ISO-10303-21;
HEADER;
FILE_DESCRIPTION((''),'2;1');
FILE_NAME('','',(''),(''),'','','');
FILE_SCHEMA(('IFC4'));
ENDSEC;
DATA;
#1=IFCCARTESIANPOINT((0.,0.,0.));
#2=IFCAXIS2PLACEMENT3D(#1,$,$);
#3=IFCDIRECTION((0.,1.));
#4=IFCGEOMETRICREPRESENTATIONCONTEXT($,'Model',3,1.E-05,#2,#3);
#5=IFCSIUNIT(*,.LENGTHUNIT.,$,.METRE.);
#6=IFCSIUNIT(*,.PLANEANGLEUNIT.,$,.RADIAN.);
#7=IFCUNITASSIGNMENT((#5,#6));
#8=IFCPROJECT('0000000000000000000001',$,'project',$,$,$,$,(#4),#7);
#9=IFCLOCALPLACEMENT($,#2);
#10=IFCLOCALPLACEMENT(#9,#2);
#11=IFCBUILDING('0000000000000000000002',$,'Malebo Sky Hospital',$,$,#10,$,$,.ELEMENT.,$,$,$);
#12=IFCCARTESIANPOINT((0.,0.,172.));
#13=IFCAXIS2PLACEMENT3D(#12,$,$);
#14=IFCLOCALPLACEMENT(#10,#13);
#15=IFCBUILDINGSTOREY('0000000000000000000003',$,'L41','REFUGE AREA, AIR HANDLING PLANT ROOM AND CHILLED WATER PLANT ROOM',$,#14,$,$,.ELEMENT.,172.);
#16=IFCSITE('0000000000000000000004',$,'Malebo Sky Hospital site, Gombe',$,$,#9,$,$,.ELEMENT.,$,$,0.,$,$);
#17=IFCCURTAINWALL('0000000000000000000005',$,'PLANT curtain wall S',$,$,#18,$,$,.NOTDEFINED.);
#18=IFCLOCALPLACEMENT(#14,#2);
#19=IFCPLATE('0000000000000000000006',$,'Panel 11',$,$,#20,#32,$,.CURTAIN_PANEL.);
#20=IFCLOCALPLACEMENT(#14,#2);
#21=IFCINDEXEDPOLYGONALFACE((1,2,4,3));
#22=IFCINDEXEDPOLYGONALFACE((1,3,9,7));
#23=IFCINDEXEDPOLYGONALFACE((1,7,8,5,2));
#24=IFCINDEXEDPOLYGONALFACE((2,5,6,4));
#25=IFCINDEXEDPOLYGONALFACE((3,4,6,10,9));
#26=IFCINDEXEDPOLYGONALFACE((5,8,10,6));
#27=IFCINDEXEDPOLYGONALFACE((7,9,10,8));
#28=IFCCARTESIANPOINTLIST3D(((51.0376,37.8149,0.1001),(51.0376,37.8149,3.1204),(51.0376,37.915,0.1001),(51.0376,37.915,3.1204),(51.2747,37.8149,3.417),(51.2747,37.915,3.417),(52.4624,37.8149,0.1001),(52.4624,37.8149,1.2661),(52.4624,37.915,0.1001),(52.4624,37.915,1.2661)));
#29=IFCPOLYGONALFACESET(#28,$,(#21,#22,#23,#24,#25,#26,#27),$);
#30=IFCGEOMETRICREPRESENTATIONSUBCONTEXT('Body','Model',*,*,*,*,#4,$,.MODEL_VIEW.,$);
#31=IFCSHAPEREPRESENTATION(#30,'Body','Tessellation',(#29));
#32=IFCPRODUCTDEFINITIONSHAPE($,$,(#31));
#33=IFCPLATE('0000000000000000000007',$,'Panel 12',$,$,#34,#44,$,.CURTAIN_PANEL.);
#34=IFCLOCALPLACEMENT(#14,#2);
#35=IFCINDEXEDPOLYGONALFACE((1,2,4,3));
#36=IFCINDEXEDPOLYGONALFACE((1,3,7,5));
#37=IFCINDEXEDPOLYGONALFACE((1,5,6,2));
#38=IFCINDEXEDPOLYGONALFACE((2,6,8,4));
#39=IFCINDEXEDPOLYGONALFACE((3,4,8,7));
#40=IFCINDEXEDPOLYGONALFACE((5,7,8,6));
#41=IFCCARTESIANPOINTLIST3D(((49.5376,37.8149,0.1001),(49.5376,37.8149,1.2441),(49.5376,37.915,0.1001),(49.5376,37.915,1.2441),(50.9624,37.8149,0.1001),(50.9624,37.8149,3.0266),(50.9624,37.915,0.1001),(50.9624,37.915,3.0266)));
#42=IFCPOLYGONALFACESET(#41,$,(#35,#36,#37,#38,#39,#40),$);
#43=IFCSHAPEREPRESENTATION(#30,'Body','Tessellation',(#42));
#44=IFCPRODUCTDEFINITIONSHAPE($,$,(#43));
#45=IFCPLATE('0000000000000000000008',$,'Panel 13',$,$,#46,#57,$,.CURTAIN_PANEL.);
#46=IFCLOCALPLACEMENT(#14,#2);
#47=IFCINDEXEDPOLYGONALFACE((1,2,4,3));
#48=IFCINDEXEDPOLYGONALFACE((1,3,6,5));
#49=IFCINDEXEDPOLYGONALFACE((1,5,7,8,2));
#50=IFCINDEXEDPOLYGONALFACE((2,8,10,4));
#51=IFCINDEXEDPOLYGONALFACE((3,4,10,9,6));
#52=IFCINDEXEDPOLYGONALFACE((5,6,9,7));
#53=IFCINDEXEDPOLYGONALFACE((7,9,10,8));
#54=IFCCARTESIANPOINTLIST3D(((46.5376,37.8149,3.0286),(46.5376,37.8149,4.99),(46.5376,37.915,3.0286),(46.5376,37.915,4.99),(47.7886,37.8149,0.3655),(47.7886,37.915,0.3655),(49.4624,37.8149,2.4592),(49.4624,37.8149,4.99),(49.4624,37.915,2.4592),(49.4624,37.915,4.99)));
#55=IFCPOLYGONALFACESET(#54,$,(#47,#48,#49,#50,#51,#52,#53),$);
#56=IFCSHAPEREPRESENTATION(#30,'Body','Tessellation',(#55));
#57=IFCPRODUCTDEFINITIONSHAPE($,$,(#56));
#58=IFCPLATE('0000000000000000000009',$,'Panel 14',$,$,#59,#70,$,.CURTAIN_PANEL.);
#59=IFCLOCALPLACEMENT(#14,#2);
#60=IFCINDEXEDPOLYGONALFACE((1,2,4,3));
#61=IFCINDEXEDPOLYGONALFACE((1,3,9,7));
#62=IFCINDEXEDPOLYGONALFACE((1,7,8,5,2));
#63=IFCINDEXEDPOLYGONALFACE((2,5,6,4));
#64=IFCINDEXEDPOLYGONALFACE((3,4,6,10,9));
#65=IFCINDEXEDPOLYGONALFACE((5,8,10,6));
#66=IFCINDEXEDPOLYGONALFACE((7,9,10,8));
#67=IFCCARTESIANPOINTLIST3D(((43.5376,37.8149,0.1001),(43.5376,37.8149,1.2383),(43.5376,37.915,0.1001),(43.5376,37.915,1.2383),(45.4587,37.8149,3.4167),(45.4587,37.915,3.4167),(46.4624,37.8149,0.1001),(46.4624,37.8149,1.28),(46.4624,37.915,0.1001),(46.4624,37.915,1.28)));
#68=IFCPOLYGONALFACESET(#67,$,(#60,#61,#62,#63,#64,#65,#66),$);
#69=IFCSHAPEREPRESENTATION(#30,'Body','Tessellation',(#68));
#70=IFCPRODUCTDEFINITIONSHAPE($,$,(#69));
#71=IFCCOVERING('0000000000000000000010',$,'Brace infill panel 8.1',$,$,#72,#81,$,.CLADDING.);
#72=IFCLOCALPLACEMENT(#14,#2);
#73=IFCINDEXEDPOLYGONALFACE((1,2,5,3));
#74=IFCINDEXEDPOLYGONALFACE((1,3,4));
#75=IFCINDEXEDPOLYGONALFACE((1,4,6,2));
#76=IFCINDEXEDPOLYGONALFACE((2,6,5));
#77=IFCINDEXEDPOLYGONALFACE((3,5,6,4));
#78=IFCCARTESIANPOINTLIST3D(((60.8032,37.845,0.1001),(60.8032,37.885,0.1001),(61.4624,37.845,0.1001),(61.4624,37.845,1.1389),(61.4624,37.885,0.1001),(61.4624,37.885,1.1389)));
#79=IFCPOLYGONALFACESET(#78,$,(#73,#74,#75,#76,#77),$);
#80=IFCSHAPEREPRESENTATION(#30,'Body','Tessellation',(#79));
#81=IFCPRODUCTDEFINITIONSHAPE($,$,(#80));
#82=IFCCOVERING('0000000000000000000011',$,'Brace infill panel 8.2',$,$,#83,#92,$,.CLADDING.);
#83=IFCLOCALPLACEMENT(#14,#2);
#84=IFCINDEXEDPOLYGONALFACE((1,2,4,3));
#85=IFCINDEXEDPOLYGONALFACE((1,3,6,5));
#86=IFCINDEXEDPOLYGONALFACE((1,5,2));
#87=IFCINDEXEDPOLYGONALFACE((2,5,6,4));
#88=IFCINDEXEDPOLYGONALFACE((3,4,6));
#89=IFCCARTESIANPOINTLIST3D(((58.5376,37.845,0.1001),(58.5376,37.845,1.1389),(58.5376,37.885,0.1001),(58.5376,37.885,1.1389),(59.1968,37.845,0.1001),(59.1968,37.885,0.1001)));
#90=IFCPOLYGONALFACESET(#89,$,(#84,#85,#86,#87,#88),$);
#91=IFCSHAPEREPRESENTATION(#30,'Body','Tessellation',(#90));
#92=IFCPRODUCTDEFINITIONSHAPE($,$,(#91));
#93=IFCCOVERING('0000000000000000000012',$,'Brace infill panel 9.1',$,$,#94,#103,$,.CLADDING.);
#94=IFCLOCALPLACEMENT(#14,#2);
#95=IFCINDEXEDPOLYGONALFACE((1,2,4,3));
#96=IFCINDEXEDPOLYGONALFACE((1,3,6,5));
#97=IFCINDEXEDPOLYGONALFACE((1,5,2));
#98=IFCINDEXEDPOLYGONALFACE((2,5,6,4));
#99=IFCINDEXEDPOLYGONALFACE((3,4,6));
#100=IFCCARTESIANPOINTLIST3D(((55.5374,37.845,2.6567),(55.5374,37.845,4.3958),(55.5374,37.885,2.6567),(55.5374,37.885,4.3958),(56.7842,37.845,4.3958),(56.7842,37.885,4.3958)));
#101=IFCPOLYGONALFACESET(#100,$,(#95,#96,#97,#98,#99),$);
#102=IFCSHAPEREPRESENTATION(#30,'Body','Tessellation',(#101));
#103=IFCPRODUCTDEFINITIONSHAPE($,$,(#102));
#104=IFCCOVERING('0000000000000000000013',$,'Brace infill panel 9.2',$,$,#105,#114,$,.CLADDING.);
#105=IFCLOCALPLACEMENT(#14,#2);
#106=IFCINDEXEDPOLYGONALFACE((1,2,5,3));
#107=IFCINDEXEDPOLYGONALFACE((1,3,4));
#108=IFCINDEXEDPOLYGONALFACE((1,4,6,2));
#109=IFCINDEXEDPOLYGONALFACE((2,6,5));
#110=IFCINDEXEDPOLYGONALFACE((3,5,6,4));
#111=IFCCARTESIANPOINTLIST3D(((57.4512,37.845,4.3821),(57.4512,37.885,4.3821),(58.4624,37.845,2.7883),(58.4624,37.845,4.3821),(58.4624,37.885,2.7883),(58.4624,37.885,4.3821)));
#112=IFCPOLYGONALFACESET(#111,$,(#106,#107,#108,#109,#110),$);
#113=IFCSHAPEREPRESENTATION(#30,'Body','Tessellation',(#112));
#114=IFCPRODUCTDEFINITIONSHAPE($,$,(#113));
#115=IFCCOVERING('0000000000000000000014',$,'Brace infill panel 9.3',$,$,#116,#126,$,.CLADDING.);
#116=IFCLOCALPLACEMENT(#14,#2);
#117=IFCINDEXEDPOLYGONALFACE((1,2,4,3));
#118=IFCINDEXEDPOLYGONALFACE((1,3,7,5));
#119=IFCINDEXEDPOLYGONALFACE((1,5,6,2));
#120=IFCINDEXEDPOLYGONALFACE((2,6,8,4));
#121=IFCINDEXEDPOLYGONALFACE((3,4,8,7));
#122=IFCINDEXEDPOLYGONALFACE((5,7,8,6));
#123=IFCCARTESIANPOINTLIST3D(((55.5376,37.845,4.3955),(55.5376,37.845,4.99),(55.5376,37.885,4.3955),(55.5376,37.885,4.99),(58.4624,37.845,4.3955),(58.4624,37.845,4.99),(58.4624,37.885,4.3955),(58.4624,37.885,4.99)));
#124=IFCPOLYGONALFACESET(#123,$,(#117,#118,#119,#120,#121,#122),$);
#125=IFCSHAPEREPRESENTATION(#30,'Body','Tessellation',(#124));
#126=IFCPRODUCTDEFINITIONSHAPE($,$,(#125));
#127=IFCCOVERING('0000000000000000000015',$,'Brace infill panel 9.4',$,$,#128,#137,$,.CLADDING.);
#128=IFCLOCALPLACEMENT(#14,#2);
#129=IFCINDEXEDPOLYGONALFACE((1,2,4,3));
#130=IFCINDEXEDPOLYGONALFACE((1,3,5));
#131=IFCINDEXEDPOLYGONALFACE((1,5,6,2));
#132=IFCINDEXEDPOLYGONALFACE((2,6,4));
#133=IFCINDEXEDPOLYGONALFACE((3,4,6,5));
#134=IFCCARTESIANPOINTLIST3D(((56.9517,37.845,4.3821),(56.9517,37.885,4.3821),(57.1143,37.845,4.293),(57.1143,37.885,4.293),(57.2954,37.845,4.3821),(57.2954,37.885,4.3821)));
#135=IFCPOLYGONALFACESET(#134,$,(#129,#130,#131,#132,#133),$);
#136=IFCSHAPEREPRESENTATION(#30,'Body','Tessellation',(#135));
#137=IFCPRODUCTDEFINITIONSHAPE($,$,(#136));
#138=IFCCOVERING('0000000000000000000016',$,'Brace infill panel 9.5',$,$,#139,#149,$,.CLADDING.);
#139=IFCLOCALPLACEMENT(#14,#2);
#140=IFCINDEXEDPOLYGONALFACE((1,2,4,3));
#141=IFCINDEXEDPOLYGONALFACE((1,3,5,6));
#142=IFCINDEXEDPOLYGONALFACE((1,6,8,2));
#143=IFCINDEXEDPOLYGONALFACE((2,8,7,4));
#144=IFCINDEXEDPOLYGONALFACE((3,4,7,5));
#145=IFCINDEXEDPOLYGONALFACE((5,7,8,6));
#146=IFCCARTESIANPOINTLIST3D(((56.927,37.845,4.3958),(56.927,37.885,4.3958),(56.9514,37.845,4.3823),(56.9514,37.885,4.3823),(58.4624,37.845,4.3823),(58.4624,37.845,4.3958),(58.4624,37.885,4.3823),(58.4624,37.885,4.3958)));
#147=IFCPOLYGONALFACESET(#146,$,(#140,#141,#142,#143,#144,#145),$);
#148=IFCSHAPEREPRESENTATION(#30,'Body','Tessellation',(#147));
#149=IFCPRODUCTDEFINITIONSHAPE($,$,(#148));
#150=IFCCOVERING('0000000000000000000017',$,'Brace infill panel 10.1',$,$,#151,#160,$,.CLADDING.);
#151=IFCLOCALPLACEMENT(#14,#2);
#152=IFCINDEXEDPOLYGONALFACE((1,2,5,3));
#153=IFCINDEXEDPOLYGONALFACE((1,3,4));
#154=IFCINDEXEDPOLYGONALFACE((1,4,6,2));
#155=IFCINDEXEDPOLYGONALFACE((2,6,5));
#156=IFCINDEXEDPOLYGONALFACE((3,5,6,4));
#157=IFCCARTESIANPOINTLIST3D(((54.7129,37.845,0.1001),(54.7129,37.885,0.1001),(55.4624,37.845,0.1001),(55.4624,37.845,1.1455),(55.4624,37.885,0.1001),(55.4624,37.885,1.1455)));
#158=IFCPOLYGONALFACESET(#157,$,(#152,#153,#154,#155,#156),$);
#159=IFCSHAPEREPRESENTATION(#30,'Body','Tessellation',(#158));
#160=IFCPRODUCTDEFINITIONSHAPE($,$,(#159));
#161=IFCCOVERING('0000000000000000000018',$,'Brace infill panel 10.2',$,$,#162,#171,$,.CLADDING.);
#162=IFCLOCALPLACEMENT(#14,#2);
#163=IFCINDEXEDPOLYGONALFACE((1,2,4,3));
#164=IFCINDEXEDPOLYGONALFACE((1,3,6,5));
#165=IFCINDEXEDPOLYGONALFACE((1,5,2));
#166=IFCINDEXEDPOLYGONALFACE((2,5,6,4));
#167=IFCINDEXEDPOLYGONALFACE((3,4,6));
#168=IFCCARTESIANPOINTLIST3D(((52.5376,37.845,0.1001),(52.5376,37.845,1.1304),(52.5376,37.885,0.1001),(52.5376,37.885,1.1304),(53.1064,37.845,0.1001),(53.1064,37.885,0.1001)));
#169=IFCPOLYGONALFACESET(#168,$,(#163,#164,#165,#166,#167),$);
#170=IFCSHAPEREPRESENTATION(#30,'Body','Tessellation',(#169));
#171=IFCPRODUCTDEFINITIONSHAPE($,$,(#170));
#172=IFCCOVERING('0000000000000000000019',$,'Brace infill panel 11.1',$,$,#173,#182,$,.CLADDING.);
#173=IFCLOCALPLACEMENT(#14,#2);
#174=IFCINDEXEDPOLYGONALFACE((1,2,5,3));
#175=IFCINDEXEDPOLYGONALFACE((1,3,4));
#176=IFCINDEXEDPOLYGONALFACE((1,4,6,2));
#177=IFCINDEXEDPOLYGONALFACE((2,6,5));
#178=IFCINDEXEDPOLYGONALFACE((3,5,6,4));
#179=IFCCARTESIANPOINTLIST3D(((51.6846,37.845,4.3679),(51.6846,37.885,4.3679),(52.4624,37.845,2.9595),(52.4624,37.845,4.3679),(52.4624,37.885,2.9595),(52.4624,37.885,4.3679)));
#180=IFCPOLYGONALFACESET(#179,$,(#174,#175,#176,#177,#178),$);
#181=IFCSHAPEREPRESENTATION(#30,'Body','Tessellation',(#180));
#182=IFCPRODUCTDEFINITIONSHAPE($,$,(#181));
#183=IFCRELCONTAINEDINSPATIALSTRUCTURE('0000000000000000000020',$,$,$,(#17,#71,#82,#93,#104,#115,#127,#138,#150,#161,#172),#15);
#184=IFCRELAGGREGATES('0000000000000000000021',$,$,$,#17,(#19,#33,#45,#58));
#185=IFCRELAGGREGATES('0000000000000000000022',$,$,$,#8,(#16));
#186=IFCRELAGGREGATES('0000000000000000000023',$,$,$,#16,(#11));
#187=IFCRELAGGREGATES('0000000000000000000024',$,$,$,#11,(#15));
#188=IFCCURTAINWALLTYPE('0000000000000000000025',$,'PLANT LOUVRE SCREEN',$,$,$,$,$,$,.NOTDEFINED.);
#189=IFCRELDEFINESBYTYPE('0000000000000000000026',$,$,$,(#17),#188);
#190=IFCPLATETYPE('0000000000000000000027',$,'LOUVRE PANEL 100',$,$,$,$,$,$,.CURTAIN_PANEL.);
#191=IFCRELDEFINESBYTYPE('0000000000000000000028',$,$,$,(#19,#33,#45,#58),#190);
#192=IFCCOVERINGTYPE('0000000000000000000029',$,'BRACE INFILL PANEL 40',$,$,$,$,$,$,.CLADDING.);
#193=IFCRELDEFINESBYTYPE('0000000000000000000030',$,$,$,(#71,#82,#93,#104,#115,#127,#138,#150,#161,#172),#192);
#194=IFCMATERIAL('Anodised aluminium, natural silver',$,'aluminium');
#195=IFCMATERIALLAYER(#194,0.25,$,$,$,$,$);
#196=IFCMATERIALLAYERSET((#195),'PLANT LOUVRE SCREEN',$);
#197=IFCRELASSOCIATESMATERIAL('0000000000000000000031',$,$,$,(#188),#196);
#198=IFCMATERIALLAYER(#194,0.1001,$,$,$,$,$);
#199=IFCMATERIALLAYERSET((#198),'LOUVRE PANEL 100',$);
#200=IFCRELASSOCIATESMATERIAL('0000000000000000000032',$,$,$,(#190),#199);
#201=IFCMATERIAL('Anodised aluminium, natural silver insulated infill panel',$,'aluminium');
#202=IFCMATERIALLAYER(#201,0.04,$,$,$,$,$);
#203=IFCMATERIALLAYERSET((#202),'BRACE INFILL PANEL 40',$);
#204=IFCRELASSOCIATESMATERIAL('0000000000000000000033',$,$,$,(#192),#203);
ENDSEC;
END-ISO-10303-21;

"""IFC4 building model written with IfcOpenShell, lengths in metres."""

from ifc_helpers import new_model, si_unit, direction, frame, origin, place, context, subcontext, project, spatial, polyline, outline, extrude, material, layer, layer_set, type_object, element, aggregate, save


model = new_model("IFC4")

# Units and contexts
model_context = context("Model", 3, precision=1e-05, world=origin(), true_north=direction((0.0, 1.0)))
body_context = subcontext(model_context, "Body", "Model", "MODEL_VIEW")
ifc_project = project(units=[si_unit("LENGTHUNIT", "METRE"), si_unit("PLANEANGLEUNIT", "RADIAN")], contexts=[model_context])

# Site, building, storey
site_placement = place(None, origin())
site = spatial("IfcSite", under=ifc_project, at=site_placement, Name="Malebo Sky Hospital site, Gombe", CompositionType="ELEMENT", RefElevation=0.0)
building_placement = place(site_placement, origin())
building = spatial("IfcBuilding", under=site, at=building_placement, Name="Malebo Sky Hospital", CompositionType="ELEMENT")
storey_placement = place(building_placement, frame((0.0, 0.0, 172.0)))
storey = spatial("IfcBuildingStorey", under=building, at=storey_placement, Name="L41", Description="REFUGE AREA, AIR HANDLING PLANT ROOM AND CHILLED WATER PLANT ROOM", CompositionType="ELEMENT", Elevation=172.0)

# Curtain wall
ifc_material_1 = material(Name="Anodised aluminium, natural silver", Category="aluminium")
ifc_layer_1 = layer(ifc_material_1, 0.25)
ifc_layer_set_1 = layer_set([ifc_layer_1], Name="PLANT LOUVRE SCREEN")
curtain_wall_type = type_object("IfcCurtainWallType", Name="PLANT LOUVRE SCREEN", PredefinedType="NOTDEFINED", material=ifc_layer_set_1)
curtain_wall_placement = place(storey_placement, origin())
curtain_wall = element("IfcCurtainWall", 1, at=curtain_wall_placement, inside=storey, type_object=curtain_wall_type, Name="PLANT curtain wall S", PredefinedType="NOTDEFINED")

# Plates
ifc_layer_2 = layer(ifc_material_1, 0.1001)
ifc_layer_set_2 = layer_set([ifc_layer_2], Name="LOUVRE PANEL 100")
plate_type = type_object("IfcPlateType", Name="LOUVRE PANEL 100", PredefinedType="CURTAIN_PANEL", material=ifc_layer_set_2)
plate_1_placement = place(storey_placement, frame((51.75, 37.865, 0.1001), z_axis=(0.0, 0.0, 1.0), x_axis=(-1.0, 0.0, 0.0)))
plate_1 = element("IfcPlate", 2, at=plate_1_placement, type_object=plate_type, Name="Panel 11", PredefinedType="CURTAIN_PANEL", context=body_context, shape_type="SweptSolid", body=[
    extrude(outline(polyline([(-0.7124, 0.0), (0.7124, 0.0), (0.7124, 3.0203), (0.4753, 3.3169), (-0.7124, 1.166), (-0.7124, 0.0)])), frame((0.0, 0.05, 0.0), z_axis=(0.0, -1.0, 0.0), x_axis=(1.0, 0.0, 0.0)), (0.0, 0.0, 1.0), 0.1001),
])
plate_2_placement = place(storey_placement, frame((50.25, 37.865, 0.1001), z_axis=(0.0, 0.0, 1.0), x_axis=(-1.0, 0.0, 0.0)))
plate_2 = element("IfcPlate", 3, at=plate_2_placement, type_object=plate_type, Name="Panel 12", PredefinedType="CURTAIN_PANEL", context=body_context, shape_type="SweptSolid", body=[
    extrude(outline(polyline([(-0.7124, 0.0), (0.7124, 0.0), (0.7124, 1.144), (-0.7124, 2.9265), (-0.7124, 0.0)])), frame((0.0, 0.05, 0.0), z_axis=(0.0, -1.0, 0.0), x_axis=(1.0, 0.0, 0.0)), (0.0, 0.0, 1.0), 0.1001),
])
plate_3_placement = place(storey_placement, frame((48.0, 37.865, 0.3655), z_axis=(0.0, 0.0, 1.0), x_axis=(-1.0, 0.0, 0.0)))
plate_3 = element("IfcPlate", 4, at=plate_3_placement, type_object=plate_type, Name="Panel 13", PredefinedType="CURTAIN_PANEL", context=body_context, shape_type="SweptSolid", body=[
    extrude(outline(polyline([(0.2114, 0.0), (1.4624, 2.6631), (1.4624, 4.6245), (-1.4624, 4.6245), (-1.4624, 2.0938), (0.2114, 0.0)])), frame((0.0, 0.05, 0.0), z_axis=(0.0, -1.0, 0.0), x_axis=(1.0, 0.0, 0.0)), (0.0, 0.0, 1.0), 0.1001),
])
plate_4_placement = place(storey_placement, frame((45.0, 37.865, 0.1001), z_axis=(0.0, 0.0, 1.0), x_axis=(-1.0, 0.0, 0.0)))
plate_4 = element("IfcPlate", 5, at=plate_4_placement, type_object=plate_type, Name="Panel 14", PredefinedType="CURTAIN_PANEL", context=body_context, shape_type="SweptSolid", body=[
    extrude(outline(polyline([(-1.4624, 0.0), (1.4624, 0.0), (1.4624, 1.1382), (-0.4587, 3.3167), (-1.4624, 1.1799), (-1.4624, 0.0)])), frame((0.0, 0.05, 0.0), z_axis=(0.0, -1.0, 0.0), x_axis=(1.0, 0.0, 0.0)), (0.0, 0.0, 1.0), 0.1001),
])
aggregate(curtain_wall, [plate_1, plate_2, plate_3, plate_4])

# Coverings
ifc_material_2 = material(Name="Anodised aluminium, natural silver insulated infill panel", Category="aluminium")
ifc_layer_3 = layer(ifc_material_2, 0.04)
ifc_layer_set_3 = layer_set([ifc_layer_3], Name="BRACE INFILL PANEL 40")
covering_type = type_object("IfcCoveringType", Name="BRACE INFILL PANEL 40", PredefinedType="CLADDING", material=ifc_layer_set_3)
covering_1_placement = place(storey_placement, frame((61.1328, 37.865, 0.1001), z_axis=(0.0, 0.0, 1.0), x_axis=(-1.0, 0.0, 0.0)))
element("IfcCovering", 6, at=covering_1_placement, inside=storey, type_object=covering_type, Name="Brace infill panel 8.1", PredefinedType="CLADDING", context=body_context, shape_type="SweptSolid", body=[
    extrude(outline(polyline([(-0.3296, 0.0), (0.3296, 0.0), (-0.3296, 1.0388), (-0.3296, 0.0)])), frame((0.0, 0.02, 0.0), z_axis=(0.0, -1.0, 0.0), x_axis=(1.0, 0.0, 0.0)), (0.0, 0.0, 1.0), 0.04),
])
covering_2_placement = place(storey_placement, frame((58.8672, 37.865, 0.1001), z_axis=(0.0, 0.0, 1.0), x_axis=(-1.0, 0.0, 0.0)))
element("IfcCovering", 7, at=covering_2_placement, inside=storey, type_object=covering_type, Name="Brace infill panel 8.2", PredefinedType="CLADDING", context=body_context, shape_type="SweptSolid", body=[
    extrude(outline(polyline([(-0.3296, 0.0), (0.3296, 0.0), (0.3296, 1.0388), (-0.3296, 0.0)])), frame((0.0, 0.02, 0.0), z_axis=(0.0, -1.0, 0.0), x_axis=(1.0, 0.0, 0.0)), (0.0, 0.0, 1.0), 0.04),
])
covering_3_placement = place(storey_placement, frame((56.1609, 37.865, 2.6567), z_axis=(0.0, 0.0, 1.0), x_axis=(-1.0, 0.0, 0.0)))
element("IfcCovering", 8, at=covering_3_placement, inside=storey, type_object=covering_type, Name="Brace infill panel 9.1", PredefinedType="CLADDING", context=body_context, shape_type="SweptSolid", body=[
    extrude(outline(polyline([(0.6235, 0.0), (0.6235, 1.739), (-0.6233, 1.739), (0.6235, 0.0)])), frame((0.0, 0.02, 0.0), z_axis=(0.0, -1.0, 0.0), x_axis=(1.0, 0.0, 0.0)), (0.0, 0.0, 1.0), 0.04),
])
covering_4_placement = place(storey_placement, frame((57.9568, 37.865, 2.7883), z_axis=(0.0, 0.0, 1.0), x_axis=(-1.0, 0.0, 0.0)))
element("IfcCovering", 9, at=covering_4_placement, inside=storey, type_object=covering_type, Name="Brace infill panel 9.2", PredefinedType="CLADDING", context=body_context, shape_type="SweptSolid", body=[
    extrude(outline(polyline([(-0.5056, 0.0), (0.5056, 1.5938), (-0.5056, 1.5938), (-0.5056, 0.0)])), frame((0.0, 0.02, 0.0), z_axis=(0.0, -1.0, 0.0), x_axis=(1.0, 0.0, 0.0)), (0.0, 0.0, 1.0), 0.04),
])
covering_5_placement = place(storey_placement, frame((57.0, 37.865, 4.3955), z_axis=(0.0, 0.0, 1.0), x_axis=(-1.0, 0.0, 0.0)))
element("IfcCovering", 10, at=covering_5_placement, inside=storey, type_object=covering_type, Name="Brace infill panel 9.3", PredefinedType="CLADDING", context=body_context, shape_type="SweptSolid", body=[
    extrude(outline(polyline([(-1.4624, 0.0), (1.4624, 0.0), (1.4624, 0.5945), (-1.4624, 0.5945), (-1.4624, 0.0)])), frame((0.0, 0.02, 0.0), z_axis=(0.0, -1.0, 0.0), x_axis=(1.0, 0.0, 0.0)), (0.0, 0.0, 1.0), 0.04),
])
covering_6_placement = place(storey_placement, frame((57.1235, 37.865, 4.293), z_axis=(0.0, 0.0, 1.0), x_axis=(-1.0, 0.0, 0.0)))
element("IfcCovering", 11, at=covering_6_placement, inside=storey, type_object=covering_type, Name="Brace infill panel 9.4", PredefinedType="CLADDING", context=body_context, shape_type="SweptSolid", body=[
    extrude(outline(polyline([(0.0093, 0.0), (0.1719, 0.0891), (-0.1719, 0.0891), (0.0093, 0.0)])), frame((0.0, 0.02, 0.0), z_axis=(0.0, -1.0, 0.0), x_axis=(1.0, 0.0, 0.0)), (0.0, 0.0, 1.0), 0.04),
])
covering_7_placement = place(storey_placement, frame((57.6946, 37.865, 4.3823), z_axis=(0.0, 0.0, 1.0), x_axis=(-1.0, 0.0, 0.0)))
element("IfcCovering", 12, at=covering_7_placement, inside=storey, type_object=covering_type, Name="Brace infill panel 9.5", PredefinedType="CLADDING", context=body_context, shape_type="SweptSolid", body=[
    extrude(outline(polyline([(-0.7678, 0.0), (0.7432, 0.0), (0.7676, 0.0134), (-0.7678, 0.0134), (-0.7678, 0.0)])), frame((0.0, 0.02, 0.0), z_axis=(0.0, -1.0, 0.0), x_axis=(1.0, 0.0, 0.0)), (0.0, 0.0, 1.0), 0.04),
])
covering_8_placement = place(storey_placement, frame((55.0876, 37.865, 0.1001), z_axis=(0.0, 0.0, 1.0), x_axis=(-1.0, 0.0, 0.0)))
element("IfcCovering", 13, at=covering_8_placement, inside=storey, type_object=covering_type, Name="Brace infill panel 10.1", PredefinedType="CLADDING", context=body_context, shape_type="SweptSolid", body=[
    extrude(outline(polyline([(-0.3748, 0.0), (0.3748, 0.0), (-0.3748, 1.0454), (-0.3748, 0.0)])), frame((0.0, 0.02, 0.0), z_axis=(0.0, -1.0, 0.0), x_axis=(1.0, 0.0, 0.0)), (0.0, 0.0, 1.0), 0.04),
])
covering_9_placement = place(storey_placement, frame((52.822, 37.865, 0.1001), z_axis=(0.0, 0.0, 1.0), x_axis=(-1.0, 0.0, 0.0)))
element("IfcCovering", 14, at=covering_9_placement, inside=storey, type_object=covering_type, Name="Brace infill panel 10.2", PredefinedType="CLADDING", context=body_context, shape_type="SweptSolid", body=[
    extrude(outline(polyline([(-0.2844, 0.0), (0.2844, 0.0), (0.2844, 1.0303), (-0.2844, 0.0)])), frame((0.0, 0.02, 0.0), z_axis=(0.0, -1.0, 0.0), x_axis=(1.0, 0.0, 0.0)), (0.0, 0.0, 1.0), 0.04),
])
covering_10_placement = place(storey_placement, frame((52.0735, 37.865, 2.9595), z_axis=(0.0, 0.0, 1.0), x_axis=(-1.0, 0.0, 0.0)))
element("IfcCovering", 15, at=covering_10_placement, inside=storey, type_object=covering_type, Name="Brace infill panel 11.1", PredefinedType="CLADDING", context=body_context, shape_type="SweptSolid", body=[
    extrude(outline(polyline([(-0.3889, 0.0), (0.3889, 1.4084), (-0.3889, 1.4084), (-0.3889, 0.0)])), frame((0.0, 0.02, 0.0), z_axis=(0.0, -1.0, 0.0), x_axis=(1.0, 0.0, 0.0)), (0.0, 0.0, 1.0), 0.04),
])

save(model, "model.ifc")
